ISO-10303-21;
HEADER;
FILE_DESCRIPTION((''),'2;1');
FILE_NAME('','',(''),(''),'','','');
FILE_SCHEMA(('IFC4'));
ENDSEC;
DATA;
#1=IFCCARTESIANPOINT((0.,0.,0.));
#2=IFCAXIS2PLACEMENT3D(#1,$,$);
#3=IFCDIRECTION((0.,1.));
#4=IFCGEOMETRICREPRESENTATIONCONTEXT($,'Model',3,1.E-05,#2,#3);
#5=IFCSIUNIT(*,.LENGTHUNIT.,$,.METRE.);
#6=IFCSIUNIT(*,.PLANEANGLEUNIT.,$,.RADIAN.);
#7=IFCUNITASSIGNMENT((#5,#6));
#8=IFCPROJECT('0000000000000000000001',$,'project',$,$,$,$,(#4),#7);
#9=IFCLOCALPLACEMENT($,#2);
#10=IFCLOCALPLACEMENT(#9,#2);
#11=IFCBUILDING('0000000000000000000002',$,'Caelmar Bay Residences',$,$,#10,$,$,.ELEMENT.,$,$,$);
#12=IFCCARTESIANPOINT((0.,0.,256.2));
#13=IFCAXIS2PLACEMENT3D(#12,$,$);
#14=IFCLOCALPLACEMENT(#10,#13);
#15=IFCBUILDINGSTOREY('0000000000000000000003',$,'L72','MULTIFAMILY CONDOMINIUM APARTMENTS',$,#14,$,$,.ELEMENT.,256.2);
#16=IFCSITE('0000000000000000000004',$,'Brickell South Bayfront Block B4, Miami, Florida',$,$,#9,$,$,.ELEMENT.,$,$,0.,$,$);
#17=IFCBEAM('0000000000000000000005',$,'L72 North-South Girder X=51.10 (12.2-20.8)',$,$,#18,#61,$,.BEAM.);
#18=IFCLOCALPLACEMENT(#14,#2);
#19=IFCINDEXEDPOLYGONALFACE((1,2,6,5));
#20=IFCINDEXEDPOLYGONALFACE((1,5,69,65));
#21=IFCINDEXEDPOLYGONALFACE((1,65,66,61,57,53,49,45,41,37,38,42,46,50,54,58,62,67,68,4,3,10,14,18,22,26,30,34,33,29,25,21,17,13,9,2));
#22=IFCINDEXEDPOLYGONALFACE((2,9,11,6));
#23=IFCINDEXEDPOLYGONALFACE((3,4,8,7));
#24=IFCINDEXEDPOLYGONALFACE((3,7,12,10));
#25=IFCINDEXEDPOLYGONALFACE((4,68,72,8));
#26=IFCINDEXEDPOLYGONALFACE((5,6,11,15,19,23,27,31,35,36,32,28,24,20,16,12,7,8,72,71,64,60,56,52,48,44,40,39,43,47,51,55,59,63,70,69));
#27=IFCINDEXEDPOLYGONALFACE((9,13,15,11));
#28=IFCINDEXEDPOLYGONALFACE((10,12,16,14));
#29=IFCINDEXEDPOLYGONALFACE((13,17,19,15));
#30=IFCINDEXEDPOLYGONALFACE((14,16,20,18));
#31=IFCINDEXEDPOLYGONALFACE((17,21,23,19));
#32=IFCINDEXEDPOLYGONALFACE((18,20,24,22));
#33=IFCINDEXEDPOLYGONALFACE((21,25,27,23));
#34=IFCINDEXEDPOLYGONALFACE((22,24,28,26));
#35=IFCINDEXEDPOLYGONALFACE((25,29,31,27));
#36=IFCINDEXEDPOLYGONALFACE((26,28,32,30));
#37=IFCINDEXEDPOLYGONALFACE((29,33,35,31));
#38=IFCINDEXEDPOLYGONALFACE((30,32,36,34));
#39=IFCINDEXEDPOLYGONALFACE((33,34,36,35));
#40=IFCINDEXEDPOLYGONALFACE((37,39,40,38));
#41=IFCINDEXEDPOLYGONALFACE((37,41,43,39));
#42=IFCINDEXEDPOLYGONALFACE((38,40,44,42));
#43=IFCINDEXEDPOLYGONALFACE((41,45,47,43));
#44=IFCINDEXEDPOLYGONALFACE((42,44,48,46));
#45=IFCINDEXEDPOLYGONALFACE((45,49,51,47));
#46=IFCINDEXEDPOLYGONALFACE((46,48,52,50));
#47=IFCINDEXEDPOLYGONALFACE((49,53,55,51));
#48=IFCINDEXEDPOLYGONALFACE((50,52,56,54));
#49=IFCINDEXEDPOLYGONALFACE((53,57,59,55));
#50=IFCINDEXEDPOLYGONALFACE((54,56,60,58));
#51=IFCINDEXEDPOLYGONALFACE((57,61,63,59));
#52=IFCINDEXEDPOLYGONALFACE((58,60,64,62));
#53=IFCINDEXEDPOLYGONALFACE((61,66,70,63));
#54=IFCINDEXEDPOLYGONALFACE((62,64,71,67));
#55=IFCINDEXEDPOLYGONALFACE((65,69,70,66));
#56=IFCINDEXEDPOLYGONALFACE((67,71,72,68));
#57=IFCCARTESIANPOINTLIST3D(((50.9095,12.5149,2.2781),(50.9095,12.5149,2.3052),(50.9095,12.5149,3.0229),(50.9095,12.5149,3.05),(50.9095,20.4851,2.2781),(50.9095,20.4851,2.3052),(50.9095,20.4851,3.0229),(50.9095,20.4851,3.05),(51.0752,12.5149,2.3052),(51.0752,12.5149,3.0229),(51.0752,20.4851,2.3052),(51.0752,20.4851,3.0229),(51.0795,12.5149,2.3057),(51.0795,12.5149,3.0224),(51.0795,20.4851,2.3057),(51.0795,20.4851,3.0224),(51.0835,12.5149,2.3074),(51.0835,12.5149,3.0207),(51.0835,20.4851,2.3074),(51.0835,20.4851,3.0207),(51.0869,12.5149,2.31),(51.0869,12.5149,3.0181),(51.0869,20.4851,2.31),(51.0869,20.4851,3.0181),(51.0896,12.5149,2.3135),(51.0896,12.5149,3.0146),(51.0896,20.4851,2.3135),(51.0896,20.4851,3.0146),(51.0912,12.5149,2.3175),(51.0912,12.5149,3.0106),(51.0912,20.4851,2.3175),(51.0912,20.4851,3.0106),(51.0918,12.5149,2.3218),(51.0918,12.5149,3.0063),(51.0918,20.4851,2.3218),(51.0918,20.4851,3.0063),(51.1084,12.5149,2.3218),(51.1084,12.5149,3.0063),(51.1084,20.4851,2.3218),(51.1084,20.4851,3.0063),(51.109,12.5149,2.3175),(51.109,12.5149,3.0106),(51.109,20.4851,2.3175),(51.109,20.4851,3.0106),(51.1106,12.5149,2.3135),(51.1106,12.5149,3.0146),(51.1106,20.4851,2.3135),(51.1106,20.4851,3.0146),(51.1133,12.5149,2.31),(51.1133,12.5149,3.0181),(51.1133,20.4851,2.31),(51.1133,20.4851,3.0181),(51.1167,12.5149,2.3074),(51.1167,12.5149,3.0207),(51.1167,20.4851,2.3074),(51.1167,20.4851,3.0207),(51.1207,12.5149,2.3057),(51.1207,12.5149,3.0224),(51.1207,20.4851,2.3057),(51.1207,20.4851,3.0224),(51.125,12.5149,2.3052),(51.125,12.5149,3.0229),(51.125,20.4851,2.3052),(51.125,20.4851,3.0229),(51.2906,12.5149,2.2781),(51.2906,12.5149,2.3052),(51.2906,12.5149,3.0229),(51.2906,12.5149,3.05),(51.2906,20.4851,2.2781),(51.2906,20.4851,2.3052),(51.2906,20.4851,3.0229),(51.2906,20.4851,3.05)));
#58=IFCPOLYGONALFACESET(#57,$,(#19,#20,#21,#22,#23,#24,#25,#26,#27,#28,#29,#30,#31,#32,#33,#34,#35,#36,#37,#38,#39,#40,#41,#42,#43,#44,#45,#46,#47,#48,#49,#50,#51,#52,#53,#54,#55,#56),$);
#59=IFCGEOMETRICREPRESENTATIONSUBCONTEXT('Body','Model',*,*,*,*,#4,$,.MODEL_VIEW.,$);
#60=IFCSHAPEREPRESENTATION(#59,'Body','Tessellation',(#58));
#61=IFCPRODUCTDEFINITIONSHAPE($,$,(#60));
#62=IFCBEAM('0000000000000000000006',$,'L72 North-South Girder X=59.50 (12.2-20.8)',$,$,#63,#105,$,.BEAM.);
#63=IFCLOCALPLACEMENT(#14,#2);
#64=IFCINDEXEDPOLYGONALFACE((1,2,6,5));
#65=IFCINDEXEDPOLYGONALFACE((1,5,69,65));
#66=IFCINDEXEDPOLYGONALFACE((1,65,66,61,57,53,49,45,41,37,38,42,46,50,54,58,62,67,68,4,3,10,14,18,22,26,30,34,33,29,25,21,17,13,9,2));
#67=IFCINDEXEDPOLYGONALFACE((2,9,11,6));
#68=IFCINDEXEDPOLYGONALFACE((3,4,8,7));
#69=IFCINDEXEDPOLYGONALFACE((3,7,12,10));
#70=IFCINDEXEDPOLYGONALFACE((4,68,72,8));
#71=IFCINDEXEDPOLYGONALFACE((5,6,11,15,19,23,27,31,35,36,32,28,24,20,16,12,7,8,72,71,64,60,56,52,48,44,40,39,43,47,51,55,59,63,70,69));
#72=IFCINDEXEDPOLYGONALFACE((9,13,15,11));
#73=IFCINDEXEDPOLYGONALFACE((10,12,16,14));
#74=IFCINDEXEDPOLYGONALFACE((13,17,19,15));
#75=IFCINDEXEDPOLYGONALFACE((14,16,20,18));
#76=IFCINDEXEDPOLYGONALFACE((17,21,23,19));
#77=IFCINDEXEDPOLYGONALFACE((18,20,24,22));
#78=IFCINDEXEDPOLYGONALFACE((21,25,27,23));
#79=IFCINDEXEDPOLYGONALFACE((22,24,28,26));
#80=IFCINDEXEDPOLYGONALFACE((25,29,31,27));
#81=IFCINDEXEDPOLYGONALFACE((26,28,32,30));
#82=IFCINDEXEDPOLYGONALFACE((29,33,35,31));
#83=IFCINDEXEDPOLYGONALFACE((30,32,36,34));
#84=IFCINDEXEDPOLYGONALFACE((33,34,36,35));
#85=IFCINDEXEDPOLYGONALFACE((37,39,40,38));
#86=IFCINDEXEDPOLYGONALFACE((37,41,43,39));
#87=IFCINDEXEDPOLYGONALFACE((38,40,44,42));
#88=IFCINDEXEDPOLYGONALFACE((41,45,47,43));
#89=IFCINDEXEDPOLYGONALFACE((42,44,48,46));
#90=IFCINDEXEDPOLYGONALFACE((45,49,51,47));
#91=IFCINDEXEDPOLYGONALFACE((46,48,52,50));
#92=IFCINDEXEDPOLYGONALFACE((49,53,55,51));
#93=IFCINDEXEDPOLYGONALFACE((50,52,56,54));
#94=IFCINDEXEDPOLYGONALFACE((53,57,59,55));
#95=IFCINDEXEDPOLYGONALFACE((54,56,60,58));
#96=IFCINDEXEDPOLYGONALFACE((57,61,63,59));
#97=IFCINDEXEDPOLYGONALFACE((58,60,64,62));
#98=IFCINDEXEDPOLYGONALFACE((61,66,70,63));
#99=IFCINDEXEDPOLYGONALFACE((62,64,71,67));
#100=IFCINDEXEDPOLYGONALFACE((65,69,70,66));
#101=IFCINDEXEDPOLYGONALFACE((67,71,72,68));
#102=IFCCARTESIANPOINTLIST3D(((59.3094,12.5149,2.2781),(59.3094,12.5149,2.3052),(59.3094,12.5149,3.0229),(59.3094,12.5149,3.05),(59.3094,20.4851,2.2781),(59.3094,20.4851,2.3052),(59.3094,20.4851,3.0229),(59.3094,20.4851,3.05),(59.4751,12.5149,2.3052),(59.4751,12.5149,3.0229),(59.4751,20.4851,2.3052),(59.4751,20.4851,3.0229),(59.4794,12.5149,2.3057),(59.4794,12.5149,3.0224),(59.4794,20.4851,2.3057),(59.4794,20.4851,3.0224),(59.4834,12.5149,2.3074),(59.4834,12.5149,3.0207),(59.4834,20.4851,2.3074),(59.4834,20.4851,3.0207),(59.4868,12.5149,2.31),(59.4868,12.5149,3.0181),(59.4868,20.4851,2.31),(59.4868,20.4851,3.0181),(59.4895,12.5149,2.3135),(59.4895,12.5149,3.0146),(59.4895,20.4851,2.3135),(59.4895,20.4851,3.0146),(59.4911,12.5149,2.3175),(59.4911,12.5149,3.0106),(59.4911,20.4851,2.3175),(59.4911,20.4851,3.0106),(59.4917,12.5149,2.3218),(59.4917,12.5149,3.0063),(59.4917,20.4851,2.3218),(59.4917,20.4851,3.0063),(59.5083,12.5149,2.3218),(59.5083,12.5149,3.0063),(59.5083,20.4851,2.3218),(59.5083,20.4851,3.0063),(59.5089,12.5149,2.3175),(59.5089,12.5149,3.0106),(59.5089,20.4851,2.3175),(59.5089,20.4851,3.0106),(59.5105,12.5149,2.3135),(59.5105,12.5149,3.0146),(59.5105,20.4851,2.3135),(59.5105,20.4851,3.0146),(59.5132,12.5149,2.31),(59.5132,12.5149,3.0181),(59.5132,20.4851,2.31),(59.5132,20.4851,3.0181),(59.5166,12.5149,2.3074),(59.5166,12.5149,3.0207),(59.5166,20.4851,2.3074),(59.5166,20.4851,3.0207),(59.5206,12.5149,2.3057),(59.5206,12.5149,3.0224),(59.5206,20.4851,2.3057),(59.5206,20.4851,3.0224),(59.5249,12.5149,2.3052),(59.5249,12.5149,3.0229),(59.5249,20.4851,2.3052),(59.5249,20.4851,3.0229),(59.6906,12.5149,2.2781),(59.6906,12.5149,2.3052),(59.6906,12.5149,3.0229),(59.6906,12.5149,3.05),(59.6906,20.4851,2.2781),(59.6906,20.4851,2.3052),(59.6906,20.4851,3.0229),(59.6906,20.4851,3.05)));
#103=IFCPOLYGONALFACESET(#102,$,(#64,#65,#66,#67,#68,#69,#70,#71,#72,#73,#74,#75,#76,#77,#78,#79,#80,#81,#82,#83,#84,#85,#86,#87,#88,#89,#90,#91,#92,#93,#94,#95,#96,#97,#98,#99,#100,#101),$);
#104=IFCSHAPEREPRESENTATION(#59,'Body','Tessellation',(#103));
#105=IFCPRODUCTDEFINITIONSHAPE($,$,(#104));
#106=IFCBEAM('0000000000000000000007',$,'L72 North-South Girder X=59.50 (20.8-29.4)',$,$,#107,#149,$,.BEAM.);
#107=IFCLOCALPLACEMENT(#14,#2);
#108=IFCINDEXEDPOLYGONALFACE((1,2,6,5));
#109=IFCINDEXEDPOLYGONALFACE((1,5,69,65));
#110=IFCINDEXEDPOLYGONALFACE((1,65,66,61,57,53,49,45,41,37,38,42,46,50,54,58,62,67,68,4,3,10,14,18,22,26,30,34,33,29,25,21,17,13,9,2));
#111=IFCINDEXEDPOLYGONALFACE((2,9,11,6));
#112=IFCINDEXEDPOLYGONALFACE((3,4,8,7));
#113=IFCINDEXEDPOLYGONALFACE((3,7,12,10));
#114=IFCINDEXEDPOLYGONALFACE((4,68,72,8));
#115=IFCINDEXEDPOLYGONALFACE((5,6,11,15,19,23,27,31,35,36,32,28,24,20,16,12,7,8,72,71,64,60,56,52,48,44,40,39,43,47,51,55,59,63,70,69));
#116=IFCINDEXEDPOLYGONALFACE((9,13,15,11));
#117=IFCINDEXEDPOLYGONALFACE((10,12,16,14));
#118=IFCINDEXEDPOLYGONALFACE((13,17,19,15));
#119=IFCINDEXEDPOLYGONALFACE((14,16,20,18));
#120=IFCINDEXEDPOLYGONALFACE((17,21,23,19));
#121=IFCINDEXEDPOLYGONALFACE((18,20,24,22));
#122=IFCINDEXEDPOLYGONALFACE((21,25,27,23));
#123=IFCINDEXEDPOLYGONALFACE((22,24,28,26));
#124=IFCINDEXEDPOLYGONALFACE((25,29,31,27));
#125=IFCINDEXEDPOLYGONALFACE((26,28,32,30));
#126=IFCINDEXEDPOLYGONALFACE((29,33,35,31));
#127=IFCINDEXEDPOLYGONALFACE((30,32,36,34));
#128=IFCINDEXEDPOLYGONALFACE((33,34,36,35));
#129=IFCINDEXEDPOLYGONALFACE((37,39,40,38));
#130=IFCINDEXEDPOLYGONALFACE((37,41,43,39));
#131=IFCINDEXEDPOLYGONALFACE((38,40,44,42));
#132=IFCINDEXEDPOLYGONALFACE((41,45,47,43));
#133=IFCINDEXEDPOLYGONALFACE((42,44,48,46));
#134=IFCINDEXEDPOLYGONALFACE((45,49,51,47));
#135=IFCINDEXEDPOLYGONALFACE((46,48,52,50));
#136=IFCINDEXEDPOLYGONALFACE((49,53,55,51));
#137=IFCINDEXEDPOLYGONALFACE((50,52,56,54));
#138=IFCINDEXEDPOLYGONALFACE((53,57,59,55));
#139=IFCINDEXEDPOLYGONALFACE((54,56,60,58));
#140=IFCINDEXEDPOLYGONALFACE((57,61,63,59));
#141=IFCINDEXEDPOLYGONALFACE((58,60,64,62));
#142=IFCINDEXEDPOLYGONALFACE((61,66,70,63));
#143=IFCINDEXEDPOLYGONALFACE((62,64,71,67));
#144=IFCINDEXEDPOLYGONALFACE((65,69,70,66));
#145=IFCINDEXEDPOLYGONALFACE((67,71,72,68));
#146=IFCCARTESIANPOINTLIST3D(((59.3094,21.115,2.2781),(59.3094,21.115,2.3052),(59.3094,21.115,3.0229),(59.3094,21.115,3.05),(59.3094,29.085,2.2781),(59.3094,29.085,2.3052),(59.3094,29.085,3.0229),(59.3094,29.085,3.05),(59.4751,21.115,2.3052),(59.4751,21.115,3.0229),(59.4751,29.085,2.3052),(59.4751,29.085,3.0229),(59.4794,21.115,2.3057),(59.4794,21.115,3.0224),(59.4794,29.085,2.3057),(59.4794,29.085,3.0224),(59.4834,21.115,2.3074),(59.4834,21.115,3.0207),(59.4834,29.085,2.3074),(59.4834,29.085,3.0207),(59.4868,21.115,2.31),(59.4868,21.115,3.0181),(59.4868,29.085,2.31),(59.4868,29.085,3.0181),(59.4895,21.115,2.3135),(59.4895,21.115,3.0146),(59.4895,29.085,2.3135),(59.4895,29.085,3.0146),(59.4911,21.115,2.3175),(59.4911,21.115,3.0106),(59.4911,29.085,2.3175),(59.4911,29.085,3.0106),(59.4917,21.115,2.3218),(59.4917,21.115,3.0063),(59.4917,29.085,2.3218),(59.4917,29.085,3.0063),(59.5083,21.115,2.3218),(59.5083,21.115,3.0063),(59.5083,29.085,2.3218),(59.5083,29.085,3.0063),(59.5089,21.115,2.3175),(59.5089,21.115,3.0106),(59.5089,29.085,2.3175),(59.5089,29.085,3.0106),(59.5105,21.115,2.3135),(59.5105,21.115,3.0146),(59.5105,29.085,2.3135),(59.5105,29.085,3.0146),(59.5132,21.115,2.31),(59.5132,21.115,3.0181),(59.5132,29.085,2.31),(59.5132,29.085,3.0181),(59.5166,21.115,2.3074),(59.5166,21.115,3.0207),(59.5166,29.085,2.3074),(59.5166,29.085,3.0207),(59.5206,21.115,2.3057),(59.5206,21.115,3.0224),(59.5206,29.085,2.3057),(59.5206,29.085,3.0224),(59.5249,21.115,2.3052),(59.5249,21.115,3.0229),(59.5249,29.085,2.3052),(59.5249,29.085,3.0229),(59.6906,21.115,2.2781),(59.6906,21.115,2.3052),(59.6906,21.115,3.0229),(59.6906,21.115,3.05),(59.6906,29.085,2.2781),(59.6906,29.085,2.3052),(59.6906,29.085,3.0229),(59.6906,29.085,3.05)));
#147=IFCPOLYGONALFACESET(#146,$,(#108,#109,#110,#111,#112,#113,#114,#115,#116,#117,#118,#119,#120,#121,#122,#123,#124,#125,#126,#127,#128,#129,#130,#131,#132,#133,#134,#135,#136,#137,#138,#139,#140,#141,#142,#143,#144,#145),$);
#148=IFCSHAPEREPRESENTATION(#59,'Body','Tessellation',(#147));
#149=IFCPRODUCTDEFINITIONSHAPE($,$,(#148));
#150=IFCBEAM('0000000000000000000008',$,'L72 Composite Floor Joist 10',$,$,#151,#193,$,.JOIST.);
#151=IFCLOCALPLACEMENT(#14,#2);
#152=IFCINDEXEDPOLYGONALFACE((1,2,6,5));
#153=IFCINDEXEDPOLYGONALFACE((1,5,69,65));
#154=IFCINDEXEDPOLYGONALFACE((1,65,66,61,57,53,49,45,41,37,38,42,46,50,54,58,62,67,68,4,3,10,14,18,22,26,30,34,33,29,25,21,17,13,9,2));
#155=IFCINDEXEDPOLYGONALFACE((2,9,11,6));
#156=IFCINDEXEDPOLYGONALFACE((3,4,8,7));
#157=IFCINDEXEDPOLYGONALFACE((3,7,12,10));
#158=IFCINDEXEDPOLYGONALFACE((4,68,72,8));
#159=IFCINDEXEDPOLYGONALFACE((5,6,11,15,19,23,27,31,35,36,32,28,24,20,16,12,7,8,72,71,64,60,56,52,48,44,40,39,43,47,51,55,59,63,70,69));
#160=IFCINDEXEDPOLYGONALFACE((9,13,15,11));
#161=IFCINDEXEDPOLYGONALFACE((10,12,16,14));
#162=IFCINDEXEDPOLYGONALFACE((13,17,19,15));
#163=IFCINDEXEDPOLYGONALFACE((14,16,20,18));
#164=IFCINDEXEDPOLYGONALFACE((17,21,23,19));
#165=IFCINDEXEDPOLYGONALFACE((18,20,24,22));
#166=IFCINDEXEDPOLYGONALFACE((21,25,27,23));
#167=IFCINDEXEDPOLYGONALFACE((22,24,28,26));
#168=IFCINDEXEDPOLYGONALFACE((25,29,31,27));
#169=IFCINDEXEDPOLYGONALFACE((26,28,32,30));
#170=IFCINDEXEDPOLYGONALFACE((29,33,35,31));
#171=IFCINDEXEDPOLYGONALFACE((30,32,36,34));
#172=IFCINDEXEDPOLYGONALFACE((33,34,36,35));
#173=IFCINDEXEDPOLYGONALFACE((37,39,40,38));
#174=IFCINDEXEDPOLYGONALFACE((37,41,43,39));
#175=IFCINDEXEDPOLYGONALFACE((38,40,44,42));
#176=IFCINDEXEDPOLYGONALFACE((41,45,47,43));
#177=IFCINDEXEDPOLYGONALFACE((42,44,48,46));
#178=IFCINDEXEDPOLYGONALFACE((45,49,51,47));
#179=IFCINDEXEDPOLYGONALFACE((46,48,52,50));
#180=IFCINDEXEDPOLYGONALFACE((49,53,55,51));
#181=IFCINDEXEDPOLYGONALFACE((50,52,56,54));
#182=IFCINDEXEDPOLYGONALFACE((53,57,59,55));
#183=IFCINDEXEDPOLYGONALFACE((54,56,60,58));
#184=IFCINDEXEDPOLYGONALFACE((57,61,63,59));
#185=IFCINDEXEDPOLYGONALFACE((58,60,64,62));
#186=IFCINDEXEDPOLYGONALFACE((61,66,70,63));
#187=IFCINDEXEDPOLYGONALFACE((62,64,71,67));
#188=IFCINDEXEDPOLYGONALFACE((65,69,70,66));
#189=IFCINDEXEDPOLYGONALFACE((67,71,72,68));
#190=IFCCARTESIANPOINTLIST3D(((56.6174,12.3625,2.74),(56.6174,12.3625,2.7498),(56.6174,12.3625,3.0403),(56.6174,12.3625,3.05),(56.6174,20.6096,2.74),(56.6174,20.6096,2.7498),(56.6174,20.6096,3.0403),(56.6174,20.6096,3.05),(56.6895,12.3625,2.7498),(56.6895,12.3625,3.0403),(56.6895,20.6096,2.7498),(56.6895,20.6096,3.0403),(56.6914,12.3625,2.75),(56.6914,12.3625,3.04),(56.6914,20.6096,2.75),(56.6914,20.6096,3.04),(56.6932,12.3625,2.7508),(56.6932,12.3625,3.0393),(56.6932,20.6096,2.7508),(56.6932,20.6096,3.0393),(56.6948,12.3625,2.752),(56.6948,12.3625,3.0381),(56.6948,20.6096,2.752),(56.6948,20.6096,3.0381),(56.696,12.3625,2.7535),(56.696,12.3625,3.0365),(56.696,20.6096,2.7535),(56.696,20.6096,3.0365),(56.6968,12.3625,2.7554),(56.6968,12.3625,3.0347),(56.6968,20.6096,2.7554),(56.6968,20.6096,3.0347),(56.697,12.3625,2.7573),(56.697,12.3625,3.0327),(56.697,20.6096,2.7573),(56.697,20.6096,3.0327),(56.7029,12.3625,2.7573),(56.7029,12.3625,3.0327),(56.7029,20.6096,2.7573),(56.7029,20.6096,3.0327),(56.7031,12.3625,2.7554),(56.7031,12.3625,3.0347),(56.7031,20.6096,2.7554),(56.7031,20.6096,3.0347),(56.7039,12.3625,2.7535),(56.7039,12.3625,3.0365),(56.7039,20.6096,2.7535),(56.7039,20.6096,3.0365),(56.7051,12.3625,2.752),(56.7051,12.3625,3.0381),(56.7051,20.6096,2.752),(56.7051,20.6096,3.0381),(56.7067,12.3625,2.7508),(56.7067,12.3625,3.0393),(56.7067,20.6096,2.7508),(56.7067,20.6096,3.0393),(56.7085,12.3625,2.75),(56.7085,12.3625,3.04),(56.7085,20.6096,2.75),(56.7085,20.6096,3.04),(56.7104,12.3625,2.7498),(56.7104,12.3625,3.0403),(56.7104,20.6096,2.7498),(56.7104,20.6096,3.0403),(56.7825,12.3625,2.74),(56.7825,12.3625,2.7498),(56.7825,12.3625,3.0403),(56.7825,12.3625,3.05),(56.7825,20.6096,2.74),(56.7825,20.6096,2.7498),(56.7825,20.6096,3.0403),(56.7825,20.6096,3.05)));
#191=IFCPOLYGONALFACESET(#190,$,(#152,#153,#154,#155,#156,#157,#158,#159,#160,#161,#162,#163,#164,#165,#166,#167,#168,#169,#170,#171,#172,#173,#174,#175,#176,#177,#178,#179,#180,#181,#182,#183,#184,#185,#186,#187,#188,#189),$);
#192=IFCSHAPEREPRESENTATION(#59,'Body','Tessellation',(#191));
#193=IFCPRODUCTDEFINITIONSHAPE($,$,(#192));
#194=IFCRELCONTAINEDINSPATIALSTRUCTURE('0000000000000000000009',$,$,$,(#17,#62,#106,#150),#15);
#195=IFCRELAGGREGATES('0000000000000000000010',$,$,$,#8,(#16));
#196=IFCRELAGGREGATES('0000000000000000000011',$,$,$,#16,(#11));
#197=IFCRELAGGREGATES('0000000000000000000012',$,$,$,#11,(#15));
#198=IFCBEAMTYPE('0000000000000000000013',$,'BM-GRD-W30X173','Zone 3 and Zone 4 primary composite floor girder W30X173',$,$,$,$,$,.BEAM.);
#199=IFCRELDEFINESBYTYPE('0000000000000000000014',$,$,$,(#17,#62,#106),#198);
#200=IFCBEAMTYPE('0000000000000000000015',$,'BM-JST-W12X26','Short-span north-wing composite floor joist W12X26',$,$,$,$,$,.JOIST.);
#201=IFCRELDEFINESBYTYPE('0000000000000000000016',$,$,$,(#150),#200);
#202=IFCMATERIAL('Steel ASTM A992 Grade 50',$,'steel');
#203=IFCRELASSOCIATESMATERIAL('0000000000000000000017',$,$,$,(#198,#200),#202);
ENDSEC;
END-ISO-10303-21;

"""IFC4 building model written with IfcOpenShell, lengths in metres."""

from ifc_helpers import new_model, si_unit, direction, frame, origin, origin_2d, place, context, subcontext, project, spatial, i_section, extrude, material, material_profile, profile_set, type_object, element, save


model = new_model("IFC4")

# Units and contexts
model_context = context("Model", 3, precision=1e-05, world=origin(), true_north=direction((0.0, 1.0)))
body_context = subcontext(model_context, "Body", "Model", "MODEL_VIEW")
ifc_project = project(units=[si_unit("LENGTHUNIT", "METRE"), si_unit("PLANEANGLEUNIT", "RADIAN")], contexts=[model_context])

# Site, building, storey
site_placement = place(None, origin())
site = spatial("IfcSite", under=ifc_project, at=site_placement, Name="Brickell South Bayfront Block B4, Miami, Florida", CompositionType="ELEMENT", RefElevation=0.0)
building_placement = place(site_placement, origin())
building = spatial("IfcBuilding", under=site, at=building_placement, Name="Caelmar Bay Residences", CompositionType="ELEMENT")
storey_placement = place(building_placement, frame((0.0, 0.0, 256.2)))
storey = spatial("IfcBuildingStorey", under=building, at=storey_placement, Name="L72", Description="MULTIFAMILY CONDOMINIUM APARTMENTS", CompositionType="ELEMENT", Elevation=256.2)

# Beams
ifc_material_1 = material(Name="Steel ASTM A992 Grade 50", Category="steel")
ifc_material_profile_1 = material_profile(ifc_material_1, i_section(OverallWidth=0.3811, OverallDepth=0.772, WebThickness=0.0166, FlangeThickness=0.0271, FilletRadius=0.0166, at=origin_2d()), Name="W30X173")
ifc_profile_set_1 = profile_set([ifc_material_profile_1], Name="Steel ASTM A992 Grade 50")
beam_type_1 = type_object("IfcBeamType", Name="BM-GRD-W30X173", Description="Zone 3 and Zone 4 primary composite floor girder W30X173", PredefinedType="BEAM", material=ifc_profile_set_1)
for number, where, z_axis, x_axis, name in (
    (1, (51.1001, 12.5149, 2.6641), (0.0, 1.0, 0.0), (-1.0, 0.0, 0.0), "L72 North-South Girder X=51.10 (12.2-20.8)"),
    (2, (59.5, 12.5149, 2.6641), (0.0, 1.0, 0.0), (-1.0, 0.0, 0.0), "L72 North-South Girder X=59.50 (12.2-20.8)"),
):
    element("IfcBeam", number, at=place(storey_placement, frame(where, z_axis=z_axis, x_axis=x_axis)), inside=storey, type_object=beam_type_1, Name=name, PredefinedType="BEAM", context=body_context, shape_type="SweptSolid", body=[
        extrude(i_section(OverallWidth=0.3811, OverallDepth=0.772, WebThickness=0.0166, FlangeThickness=0.0271, FilletRadius=0.0166, at=origin_2d()), origin(), (0.0, 0.0, 1.0), 7.9702),
    ])
beam_1_placement = place(storey_placement, frame((59.5, 21.115, 2.6641), z_axis=(0.0, 1.0, 0.0), x_axis=(-1.0, 0.0, 0.0)))
element("IfcBeam", 3, at=beam_1_placement, inside=storey, type_object=beam_type_1, Name="L72 North-South Girder X=59.50 (20.8-29.4)", PredefinedType="BEAM", context=body_context, shape_type="SweptSolid", body=[
    extrude(i_section(OverallWidth=0.3811, OverallDepth=0.772, WebThickness=0.0166, FlangeThickness=0.0271, FilletRadius=0.0166, at=origin_2d()), origin(), (0.0, 0.0, 1.0), 7.97),
])
ifc_material_profile_2 = material_profile(ifc_material_1, i_section(OverallWidth=0.165, OverallDepth=0.3101, WebThickness=0.0059, FlangeThickness=0.0098, FilletRadius=0.0076, at=origin_2d()), Name="W12X26")
ifc_profile_set_2 = profile_set([ifc_material_profile_2], Name="Steel ASTM A992 Grade 50")
beam_type_2 = type_object("IfcBeamType", Name="BM-JST-W12X26", Description="Short-span north-wing composite floor joist W12X26", PredefinedType="JOIST", material=ifc_profile_set_2)
beam_2_placement = place(storey_placement, frame((56.7, 12.3625, 2.895), z_axis=(0.0, 1.0, 0.0), x_axis=(-1.0, 0.0, 0.0)))
element("IfcBeam", 4, at=beam_2_placement, inside=storey, type_object=beam_type_2, Name="L72 Composite Floor Joist 10", PredefinedType="JOIST", context=body_context, shape_type="SweptSolid", body=[
    extrude(i_section(OverallWidth=0.165, OverallDepth=0.3101, WebThickness=0.0059, FlangeThickness=0.0098, FilletRadius=0.0076, at=origin_2d()), origin(), (0.0, 0.0, 1.0), 8.2471),
])

save(model, "model.ifc")
